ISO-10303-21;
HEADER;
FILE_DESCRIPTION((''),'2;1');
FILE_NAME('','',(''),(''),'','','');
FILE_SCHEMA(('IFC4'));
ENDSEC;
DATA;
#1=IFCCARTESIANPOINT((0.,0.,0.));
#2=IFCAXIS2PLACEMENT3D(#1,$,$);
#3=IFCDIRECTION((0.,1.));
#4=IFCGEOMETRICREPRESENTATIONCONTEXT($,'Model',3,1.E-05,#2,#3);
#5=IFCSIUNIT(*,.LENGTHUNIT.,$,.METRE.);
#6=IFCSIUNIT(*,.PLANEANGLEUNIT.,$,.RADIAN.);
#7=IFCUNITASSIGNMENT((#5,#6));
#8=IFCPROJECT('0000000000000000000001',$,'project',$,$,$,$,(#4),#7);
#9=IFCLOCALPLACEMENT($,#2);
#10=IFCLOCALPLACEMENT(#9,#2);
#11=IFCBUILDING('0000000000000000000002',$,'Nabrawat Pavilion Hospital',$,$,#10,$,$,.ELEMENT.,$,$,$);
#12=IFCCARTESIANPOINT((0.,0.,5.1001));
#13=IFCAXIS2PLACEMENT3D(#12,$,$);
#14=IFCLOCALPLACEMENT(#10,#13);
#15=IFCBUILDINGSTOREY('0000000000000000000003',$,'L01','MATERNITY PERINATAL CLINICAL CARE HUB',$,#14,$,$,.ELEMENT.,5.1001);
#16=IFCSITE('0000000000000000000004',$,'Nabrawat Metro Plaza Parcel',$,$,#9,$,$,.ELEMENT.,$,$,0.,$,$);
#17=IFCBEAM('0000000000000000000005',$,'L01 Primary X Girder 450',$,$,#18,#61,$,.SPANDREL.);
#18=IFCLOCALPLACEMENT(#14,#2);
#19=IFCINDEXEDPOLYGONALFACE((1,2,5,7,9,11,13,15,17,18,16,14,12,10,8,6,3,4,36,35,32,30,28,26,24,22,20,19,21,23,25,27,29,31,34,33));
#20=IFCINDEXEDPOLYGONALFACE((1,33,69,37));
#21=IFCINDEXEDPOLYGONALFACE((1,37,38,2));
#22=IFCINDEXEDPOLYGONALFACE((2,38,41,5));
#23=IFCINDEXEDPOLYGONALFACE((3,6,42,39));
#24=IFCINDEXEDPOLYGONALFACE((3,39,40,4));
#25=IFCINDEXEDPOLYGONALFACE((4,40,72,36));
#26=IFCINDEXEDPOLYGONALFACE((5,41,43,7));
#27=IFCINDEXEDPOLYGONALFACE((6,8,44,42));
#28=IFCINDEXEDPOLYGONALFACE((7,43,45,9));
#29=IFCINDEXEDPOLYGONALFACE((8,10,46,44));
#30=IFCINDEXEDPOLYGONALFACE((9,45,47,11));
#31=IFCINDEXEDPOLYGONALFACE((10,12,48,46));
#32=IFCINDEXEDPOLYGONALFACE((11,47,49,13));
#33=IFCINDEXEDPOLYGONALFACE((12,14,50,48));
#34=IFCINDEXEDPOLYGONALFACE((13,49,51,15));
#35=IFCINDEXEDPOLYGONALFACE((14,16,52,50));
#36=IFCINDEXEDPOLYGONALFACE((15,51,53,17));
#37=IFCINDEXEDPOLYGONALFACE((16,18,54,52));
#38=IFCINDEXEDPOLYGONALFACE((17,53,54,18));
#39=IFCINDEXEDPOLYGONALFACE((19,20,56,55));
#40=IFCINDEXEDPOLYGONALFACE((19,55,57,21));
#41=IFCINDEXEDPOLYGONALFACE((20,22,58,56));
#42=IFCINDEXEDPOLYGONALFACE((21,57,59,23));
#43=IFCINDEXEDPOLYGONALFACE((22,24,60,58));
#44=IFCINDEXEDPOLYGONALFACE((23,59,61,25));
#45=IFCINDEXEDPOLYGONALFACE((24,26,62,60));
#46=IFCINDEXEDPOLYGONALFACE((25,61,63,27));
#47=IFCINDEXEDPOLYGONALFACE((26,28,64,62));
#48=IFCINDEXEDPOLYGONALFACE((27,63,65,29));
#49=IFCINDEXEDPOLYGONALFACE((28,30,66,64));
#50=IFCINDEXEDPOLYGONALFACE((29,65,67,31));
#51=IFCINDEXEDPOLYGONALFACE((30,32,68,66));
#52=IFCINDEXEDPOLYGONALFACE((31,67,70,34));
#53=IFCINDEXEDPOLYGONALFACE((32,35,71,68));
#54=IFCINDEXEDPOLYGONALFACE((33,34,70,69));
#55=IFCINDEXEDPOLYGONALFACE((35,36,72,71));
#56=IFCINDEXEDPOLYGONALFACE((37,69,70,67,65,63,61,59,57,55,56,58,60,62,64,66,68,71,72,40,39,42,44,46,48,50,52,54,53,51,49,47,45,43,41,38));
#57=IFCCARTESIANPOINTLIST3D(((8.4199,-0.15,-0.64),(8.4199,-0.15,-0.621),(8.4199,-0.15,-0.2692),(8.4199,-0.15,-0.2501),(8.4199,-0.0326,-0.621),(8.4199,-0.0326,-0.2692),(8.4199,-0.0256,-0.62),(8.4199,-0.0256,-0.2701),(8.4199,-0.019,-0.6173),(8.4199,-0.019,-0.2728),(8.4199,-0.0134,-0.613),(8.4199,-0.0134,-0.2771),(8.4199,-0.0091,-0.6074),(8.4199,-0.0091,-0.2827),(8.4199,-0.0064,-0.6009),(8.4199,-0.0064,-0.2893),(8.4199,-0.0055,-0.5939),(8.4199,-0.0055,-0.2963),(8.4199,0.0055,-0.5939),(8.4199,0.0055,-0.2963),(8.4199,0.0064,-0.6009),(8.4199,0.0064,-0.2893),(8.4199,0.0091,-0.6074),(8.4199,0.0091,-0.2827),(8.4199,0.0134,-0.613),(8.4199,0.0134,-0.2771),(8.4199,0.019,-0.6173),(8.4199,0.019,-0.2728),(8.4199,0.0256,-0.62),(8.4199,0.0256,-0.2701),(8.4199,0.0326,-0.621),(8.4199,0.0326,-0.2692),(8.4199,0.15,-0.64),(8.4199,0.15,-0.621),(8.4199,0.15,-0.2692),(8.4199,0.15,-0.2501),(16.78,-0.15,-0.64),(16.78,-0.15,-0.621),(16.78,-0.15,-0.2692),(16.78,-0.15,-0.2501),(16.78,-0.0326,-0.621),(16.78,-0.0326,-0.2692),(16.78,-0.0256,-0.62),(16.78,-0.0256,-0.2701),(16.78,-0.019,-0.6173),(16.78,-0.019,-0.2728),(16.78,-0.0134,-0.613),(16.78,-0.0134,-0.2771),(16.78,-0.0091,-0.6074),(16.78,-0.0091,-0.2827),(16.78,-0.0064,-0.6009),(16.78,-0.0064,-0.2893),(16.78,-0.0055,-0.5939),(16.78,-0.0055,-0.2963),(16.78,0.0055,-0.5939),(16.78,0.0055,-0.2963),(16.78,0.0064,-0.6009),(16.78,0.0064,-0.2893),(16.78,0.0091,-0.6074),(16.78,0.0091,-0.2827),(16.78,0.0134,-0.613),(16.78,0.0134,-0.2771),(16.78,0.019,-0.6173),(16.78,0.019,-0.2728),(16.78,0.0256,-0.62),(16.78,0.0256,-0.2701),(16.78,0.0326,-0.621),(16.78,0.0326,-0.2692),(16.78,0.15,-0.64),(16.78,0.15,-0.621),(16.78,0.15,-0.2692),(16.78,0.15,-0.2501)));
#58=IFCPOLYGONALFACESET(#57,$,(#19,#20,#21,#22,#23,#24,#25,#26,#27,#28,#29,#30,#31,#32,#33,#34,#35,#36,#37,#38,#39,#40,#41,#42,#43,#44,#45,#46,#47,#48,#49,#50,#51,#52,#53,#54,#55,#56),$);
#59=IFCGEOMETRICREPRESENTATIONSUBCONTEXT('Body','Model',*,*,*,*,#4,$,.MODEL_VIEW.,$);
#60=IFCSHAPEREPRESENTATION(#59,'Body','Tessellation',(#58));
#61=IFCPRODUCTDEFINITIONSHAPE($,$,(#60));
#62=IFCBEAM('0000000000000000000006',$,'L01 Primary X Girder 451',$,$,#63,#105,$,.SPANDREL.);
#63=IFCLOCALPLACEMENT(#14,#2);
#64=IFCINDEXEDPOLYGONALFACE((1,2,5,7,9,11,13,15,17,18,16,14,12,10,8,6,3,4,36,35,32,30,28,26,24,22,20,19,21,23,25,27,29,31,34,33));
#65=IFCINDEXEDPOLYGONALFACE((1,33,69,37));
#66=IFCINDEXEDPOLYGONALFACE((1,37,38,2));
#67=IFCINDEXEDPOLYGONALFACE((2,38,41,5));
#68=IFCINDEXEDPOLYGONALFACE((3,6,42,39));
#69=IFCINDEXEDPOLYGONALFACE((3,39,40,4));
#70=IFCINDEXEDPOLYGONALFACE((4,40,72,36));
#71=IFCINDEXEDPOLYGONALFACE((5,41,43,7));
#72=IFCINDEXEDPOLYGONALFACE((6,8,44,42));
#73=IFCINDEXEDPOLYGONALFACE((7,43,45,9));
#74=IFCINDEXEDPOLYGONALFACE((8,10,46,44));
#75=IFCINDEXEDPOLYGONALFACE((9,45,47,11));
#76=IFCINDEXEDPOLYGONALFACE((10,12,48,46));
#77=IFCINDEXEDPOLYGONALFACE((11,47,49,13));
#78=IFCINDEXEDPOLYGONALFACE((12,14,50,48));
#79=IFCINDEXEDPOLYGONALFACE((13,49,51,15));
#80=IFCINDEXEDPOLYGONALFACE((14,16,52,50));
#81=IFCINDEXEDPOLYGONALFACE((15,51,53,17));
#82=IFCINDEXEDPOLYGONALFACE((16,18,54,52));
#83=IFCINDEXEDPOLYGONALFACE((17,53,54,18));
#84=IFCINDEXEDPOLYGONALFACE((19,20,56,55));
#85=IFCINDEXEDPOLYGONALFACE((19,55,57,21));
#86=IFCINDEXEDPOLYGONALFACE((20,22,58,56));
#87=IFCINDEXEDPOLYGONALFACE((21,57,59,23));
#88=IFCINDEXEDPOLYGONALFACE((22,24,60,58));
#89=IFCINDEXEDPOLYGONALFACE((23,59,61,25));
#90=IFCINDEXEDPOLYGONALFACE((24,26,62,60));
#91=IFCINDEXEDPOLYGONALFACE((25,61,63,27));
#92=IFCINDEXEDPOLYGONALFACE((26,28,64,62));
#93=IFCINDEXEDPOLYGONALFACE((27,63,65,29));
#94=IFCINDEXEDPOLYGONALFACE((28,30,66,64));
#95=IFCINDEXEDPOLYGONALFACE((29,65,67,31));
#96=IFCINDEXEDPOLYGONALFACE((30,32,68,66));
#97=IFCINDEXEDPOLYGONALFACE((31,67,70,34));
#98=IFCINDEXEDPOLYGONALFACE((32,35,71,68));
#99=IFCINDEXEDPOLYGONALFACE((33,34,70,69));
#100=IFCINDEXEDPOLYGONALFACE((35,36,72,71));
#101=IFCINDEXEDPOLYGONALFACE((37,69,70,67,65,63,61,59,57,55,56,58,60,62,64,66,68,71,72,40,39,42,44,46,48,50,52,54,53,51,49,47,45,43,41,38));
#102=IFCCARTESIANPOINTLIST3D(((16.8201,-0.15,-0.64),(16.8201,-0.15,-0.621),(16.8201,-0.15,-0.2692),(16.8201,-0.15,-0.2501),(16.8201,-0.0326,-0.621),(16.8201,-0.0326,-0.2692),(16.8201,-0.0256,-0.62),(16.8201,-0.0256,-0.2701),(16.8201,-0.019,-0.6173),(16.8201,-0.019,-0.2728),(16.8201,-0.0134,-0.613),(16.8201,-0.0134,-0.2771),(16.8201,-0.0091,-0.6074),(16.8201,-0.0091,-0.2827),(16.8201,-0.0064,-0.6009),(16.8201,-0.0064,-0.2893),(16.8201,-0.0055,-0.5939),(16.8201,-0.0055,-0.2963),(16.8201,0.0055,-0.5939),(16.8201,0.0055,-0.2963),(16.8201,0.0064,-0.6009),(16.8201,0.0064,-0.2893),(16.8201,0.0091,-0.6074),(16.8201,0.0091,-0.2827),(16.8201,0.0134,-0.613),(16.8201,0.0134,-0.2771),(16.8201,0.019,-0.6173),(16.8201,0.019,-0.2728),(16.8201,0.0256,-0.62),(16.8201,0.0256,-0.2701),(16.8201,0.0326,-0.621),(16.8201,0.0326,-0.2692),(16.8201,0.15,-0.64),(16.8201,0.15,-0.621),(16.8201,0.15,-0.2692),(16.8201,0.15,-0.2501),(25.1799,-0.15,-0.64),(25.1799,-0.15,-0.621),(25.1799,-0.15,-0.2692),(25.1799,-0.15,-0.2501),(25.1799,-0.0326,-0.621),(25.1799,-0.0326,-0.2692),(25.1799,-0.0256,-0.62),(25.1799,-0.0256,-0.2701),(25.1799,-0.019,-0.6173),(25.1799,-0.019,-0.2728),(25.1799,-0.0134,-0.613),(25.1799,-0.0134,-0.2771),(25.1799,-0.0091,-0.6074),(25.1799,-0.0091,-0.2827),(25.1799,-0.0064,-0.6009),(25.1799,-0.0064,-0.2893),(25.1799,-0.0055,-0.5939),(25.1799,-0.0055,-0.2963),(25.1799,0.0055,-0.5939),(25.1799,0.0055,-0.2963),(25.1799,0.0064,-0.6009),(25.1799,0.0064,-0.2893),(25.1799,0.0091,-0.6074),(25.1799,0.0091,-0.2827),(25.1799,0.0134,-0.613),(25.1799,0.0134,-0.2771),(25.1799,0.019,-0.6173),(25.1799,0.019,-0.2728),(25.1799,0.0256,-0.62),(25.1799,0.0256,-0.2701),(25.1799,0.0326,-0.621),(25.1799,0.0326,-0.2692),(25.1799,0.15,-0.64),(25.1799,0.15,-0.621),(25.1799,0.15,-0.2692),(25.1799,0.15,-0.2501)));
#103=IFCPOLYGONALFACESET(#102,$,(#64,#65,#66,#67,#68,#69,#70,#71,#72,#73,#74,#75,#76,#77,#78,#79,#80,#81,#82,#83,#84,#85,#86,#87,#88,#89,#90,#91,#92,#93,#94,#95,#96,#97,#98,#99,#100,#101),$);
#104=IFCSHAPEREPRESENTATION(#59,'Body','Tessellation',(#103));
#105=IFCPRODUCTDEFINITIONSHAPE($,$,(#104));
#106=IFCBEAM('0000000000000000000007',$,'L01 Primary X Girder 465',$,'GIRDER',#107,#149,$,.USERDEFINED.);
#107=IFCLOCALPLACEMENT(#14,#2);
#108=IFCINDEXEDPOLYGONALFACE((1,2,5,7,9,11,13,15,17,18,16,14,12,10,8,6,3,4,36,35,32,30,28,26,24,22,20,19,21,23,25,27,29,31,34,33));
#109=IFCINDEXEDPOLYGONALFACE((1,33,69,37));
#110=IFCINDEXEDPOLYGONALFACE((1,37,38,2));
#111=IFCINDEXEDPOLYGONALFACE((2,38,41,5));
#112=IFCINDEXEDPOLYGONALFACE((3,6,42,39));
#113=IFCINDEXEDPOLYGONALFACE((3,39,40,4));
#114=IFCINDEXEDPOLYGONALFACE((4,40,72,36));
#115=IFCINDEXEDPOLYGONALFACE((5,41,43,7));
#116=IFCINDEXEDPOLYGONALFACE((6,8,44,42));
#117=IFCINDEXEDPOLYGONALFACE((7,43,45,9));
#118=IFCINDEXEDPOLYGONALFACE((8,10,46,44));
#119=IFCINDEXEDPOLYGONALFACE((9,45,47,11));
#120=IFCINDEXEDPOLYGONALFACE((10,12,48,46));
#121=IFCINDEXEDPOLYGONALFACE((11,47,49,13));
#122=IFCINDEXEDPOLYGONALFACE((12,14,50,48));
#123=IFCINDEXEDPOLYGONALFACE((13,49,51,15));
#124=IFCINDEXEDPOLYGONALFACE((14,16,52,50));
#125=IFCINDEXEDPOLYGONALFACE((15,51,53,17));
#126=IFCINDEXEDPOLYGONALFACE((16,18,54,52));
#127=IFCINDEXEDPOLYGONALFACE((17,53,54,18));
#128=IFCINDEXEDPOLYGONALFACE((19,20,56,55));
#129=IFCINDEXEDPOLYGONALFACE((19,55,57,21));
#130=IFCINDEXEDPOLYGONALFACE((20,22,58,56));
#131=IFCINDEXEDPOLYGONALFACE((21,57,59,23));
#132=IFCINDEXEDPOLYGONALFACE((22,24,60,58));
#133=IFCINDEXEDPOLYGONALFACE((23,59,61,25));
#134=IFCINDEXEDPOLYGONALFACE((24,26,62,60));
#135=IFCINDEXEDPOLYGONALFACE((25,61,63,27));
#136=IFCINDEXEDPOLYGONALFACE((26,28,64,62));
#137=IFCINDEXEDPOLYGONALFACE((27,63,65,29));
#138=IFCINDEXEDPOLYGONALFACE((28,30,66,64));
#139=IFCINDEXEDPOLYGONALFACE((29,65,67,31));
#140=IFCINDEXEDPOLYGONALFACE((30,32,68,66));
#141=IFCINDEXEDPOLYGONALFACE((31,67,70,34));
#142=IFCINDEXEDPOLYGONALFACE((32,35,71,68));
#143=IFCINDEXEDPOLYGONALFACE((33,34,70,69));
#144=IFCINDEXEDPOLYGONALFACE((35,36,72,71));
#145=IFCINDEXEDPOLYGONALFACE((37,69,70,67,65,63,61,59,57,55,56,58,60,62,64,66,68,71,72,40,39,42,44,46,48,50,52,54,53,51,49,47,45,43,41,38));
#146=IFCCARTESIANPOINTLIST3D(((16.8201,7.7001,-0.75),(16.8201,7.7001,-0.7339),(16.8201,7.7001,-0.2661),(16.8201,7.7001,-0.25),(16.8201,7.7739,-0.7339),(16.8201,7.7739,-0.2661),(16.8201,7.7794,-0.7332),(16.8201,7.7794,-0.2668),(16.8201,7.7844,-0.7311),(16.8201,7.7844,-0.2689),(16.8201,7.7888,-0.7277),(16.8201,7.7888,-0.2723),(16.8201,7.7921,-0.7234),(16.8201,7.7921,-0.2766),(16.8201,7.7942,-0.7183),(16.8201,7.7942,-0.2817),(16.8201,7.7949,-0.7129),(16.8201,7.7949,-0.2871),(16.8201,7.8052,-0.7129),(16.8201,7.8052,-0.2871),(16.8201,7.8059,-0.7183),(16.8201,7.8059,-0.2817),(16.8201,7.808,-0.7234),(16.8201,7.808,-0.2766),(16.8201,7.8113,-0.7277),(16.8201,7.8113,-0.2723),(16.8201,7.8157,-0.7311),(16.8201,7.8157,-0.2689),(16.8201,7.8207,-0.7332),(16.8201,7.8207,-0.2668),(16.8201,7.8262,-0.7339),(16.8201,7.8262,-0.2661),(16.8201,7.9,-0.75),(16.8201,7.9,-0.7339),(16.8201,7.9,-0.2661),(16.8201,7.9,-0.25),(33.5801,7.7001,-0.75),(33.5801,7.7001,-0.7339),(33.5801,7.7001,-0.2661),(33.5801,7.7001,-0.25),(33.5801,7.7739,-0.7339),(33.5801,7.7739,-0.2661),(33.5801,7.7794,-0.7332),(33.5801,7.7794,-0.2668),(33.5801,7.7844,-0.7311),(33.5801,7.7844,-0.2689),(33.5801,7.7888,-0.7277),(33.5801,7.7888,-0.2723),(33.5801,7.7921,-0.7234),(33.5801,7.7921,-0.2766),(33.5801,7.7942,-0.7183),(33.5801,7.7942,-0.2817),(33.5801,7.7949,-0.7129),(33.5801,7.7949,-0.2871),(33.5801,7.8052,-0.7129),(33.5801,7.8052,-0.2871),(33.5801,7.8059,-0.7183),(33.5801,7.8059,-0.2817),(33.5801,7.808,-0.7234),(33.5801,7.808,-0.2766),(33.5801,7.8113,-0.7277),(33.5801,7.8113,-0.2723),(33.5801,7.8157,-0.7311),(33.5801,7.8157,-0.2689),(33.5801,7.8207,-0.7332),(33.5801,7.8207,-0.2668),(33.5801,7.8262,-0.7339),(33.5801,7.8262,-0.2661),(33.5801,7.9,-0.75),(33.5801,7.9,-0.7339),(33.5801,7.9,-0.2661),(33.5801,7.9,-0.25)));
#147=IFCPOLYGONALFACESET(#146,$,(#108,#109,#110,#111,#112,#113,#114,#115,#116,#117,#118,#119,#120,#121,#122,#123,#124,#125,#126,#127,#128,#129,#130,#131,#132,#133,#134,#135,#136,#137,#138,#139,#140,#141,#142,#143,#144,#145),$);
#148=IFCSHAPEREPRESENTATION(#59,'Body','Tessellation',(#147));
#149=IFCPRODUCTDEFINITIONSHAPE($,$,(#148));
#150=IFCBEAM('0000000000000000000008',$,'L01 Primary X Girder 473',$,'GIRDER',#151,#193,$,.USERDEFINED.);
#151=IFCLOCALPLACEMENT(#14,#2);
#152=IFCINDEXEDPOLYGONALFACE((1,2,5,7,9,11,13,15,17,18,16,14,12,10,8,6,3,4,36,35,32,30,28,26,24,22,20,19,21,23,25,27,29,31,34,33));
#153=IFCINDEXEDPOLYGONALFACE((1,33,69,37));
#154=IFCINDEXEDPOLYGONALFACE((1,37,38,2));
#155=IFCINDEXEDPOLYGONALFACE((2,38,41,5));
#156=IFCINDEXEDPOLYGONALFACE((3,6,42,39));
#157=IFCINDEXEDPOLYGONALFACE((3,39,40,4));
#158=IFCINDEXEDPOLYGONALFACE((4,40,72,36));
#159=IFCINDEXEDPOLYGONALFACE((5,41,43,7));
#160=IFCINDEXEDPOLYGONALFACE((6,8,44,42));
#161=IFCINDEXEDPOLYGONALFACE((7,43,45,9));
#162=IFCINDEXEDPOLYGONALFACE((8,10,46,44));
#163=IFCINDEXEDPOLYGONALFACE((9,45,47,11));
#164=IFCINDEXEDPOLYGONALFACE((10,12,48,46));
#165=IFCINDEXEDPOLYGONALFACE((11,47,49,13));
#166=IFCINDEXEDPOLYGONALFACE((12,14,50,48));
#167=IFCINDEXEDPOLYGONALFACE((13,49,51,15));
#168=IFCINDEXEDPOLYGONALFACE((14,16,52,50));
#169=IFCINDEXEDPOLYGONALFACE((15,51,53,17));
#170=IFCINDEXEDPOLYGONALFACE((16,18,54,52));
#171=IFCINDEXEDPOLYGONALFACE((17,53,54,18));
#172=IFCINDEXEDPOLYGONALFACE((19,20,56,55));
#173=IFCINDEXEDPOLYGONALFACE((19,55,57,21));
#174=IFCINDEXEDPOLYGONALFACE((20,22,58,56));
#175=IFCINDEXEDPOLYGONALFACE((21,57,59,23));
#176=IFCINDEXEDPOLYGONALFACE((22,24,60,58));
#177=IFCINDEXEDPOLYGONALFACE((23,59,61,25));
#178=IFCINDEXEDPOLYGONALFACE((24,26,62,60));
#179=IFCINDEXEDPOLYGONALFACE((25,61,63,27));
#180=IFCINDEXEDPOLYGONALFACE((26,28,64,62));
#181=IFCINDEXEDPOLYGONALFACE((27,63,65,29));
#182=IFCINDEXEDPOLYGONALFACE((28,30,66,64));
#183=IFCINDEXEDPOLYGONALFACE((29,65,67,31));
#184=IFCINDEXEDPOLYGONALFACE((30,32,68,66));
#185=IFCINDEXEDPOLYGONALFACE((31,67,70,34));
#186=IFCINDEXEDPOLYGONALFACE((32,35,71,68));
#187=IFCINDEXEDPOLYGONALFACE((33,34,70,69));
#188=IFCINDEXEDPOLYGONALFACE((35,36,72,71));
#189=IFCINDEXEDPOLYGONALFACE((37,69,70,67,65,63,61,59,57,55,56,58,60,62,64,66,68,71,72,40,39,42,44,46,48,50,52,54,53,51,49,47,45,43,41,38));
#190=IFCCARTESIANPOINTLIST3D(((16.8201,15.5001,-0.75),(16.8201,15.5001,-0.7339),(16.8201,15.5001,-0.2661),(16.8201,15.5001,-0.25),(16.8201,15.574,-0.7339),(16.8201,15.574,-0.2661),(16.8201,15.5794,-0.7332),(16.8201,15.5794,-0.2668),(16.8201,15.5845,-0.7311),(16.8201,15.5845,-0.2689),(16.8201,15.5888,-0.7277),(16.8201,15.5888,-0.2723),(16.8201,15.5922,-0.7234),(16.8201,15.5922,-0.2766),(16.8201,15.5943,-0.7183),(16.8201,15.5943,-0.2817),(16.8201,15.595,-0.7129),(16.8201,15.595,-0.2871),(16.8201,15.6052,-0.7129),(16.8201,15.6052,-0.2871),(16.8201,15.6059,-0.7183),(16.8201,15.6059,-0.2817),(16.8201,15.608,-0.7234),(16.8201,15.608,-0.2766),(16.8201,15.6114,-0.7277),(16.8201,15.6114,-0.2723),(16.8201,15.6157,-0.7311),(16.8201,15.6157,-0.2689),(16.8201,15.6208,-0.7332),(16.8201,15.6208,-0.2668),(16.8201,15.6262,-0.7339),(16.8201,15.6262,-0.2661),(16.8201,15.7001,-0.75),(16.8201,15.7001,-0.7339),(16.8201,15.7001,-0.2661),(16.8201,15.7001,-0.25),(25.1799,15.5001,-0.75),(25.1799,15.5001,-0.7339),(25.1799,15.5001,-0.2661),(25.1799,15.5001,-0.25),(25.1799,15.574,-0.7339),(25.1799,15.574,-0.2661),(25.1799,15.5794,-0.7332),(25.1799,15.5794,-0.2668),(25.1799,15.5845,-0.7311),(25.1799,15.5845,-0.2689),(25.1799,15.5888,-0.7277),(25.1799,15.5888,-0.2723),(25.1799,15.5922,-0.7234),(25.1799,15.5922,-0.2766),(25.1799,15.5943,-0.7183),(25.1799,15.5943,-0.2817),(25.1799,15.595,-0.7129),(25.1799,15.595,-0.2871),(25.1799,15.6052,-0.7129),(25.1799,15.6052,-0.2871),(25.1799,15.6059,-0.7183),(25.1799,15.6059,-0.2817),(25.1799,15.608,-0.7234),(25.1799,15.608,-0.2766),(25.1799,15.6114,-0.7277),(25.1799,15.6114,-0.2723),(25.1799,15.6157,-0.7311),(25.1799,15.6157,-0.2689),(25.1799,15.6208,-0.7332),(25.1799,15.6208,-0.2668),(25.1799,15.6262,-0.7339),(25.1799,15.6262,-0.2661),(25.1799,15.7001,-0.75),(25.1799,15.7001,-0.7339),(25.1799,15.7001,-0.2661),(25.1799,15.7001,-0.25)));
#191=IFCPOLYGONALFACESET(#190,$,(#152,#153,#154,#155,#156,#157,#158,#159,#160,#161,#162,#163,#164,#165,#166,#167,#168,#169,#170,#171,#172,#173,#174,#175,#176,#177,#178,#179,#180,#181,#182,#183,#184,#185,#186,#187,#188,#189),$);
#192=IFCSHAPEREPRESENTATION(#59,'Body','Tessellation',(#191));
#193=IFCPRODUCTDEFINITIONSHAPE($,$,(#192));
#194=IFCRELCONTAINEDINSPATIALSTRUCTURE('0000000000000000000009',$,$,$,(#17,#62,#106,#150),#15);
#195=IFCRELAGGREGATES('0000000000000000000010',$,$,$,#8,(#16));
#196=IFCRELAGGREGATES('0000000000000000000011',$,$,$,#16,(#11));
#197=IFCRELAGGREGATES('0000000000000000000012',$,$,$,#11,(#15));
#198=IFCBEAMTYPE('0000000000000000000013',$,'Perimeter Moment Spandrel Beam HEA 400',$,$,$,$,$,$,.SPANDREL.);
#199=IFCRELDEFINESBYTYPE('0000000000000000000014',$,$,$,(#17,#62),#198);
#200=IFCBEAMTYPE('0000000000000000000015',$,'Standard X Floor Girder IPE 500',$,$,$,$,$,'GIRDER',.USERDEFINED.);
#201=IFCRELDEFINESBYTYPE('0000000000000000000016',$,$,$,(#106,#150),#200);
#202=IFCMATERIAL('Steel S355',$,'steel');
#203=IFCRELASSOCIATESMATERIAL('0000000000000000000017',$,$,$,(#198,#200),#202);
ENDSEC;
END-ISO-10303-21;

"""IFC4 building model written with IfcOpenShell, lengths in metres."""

from ifc_helpers import new_model, si_unit, direction, frame, origin, origin_2d, place, context, subcontext, project, spatial, i_section, extrude, material, material_profile, profile_set, type_object, element, save


model = new_model("IFC4")

# Units and contexts
model_context = context("Model", 3, precision=1e-05, world=origin(), true_north=direction((0.0, 1.0)))
body_context = subcontext(model_context, "Body", "Model", "MODEL_VIEW")
ifc_project = project(units=[si_unit("LENGTHUNIT", "METRE"), si_unit("PLANEANGLEUNIT", "RADIAN")], contexts=[model_context])

# Site, building, storey
site_placement = place(None, origin())
site = spatial("IfcSite", under=ifc_project, at=site_placement, Name="Nabrawat Metro Plaza Parcel", CompositionType="ELEMENT", RefElevation=0.0)
building_placement = place(site_placement, origin())
building = spatial("IfcBuilding", under=site, at=building_placement, Name="Nabrawat Pavilion Hospital", CompositionType="ELEMENT")
storey_placement = place(building_placement, frame((0.0, 0.0, 5.1001)))
storey = spatial("IfcBuildingStorey", under=building, at=storey_placement, Name="L01", Description="MATERNITY PERINATAL CLINICAL CARE HUB", CompositionType="ELEMENT", Elevation=5.1001)

# Shared definitions
ifc_material_1 = material(Name="Steel S355", Category="steel")

# Beams
ifc_material_profile_1 = material_profile(ifc_material_1, i_section(OverallWidth=0.3, OverallDepth=0.3899, WebThickness=0.011, FlangeThickness=0.019, FilletRadius=0.0271, at=origin_2d()), Name="HEA 400")
ifc_profile_set_1 = profile_set([ifc_material_profile_1], Name="Steel S355")
beam_type_1 = type_object("IfcBeamType", Name="Perimeter Moment Spandrel Beam HEA 400", PredefinedType="SPANDREL", material=ifc_profile_set_1)
beam_1_placement = place(storey_placement, frame((8.4199, 0.0, -0.4451), z_axis=(1.0, 0.0, 0.0), x_axis=(0.0, 1.0, 0.0)))
element("IfcBeam", 1, at=beam_1_placement, inside=storey, type_object=beam_type_1, Name="L01 Primary X Girder 450", PredefinedType="SPANDREL", context=body_context, shape_type="SweptSolid", body=[
    extrude(i_section(OverallWidth=0.3, OverallDepth=0.3899, WebThickness=0.011, FlangeThickness=0.019, FilletRadius=0.0271, at=origin_2d()), origin(), (0.0, 0.0, 1.0), 8.3601),
])
beam_2_placement = place(storey_placement, frame((16.8201, 0.0, -0.4451), z_axis=(1.0, 0.0, 0.0), x_axis=(0.0, 1.0, 0.0)))
element("IfcBeam", 2, at=beam_2_placement, inside=storey, type_object=beam_type_1, Name="L01 Primary X Girder 451", PredefinedType="SPANDREL", context=body_context, shape_type="SweptSolid", body=[
    extrude(i_section(OverallWidth=0.3, OverallDepth=0.3899, WebThickness=0.011, FlangeThickness=0.019, FilletRadius=0.0271, at=origin_2d()), origin(), (0.0, 0.0, 1.0), 8.3599),
])
ifc_material_profile_2 = material_profile(ifc_material_1, i_section(OverallWidth=0.2, OverallDepth=0.5, WebThickness=0.0103, FlangeThickness=0.0161, FilletRadius=0.021, at=origin_2d()), Name="IPE 500")
ifc_profile_set_2 = profile_set([ifc_material_profile_2], Name="Steel S355")
beam_type_2 = type_object("IfcBeamType", Name="Standard X Floor Girder IPE 500", ElementType="GIRDER", PredefinedType="USERDEFINED", material=ifc_profile_set_2)
beam_3_placement = place(storey_placement, frame((16.8201, 7.8, -0.5), z_axis=(1.0, 0.0, 0.0), x_axis=(0.0, 1.0, 0.0)))
element("IfcBeam", 3, at=beam_3_placement, inside=storey, type_object=beam_type_2, Name="L01 Primary X Girder 465", ObjectType="GIRDER", PredefinedType="USERDEFINED", context=body_context, shape_type="SweptSolid", body=[
    extrude(i_section(OverallWidth=0.2, OverallDepth=0.5, WebThickness=0.0103, FlangeThickness=0.0161, FilletRadius=0.021, at=origin_2d()), origin(), (0.0, 0.0, 1.0), 16.76),
])
beam_4_placement = place(storey_placement, frame((16.8201, 15.6001, -0.5), z_axis=(1.0, 0.0, 0.0), x_axis=(0.0, 1.0, 0.0)))
element("IfcBeam", 4, at=beam_4_placement, inside=storey, type_object=beam_type_2, Name="L01 Primary X Girder 473", ObjectType="GIRDER", PredefinedType="USERDEFINED", context=body_context, shape_type="SweptSolid", body=[
    extrude(i_section(OverallWidth=0.2, OverallDepth=0.5, WebThickness=0.0103, FlangeThickness=0.0161, FilletRadius=0.021, at=origin_2d()), origin(), (0.0, 0.0, 1.0), 8.3599),
])

save(model, "model.ifc")
